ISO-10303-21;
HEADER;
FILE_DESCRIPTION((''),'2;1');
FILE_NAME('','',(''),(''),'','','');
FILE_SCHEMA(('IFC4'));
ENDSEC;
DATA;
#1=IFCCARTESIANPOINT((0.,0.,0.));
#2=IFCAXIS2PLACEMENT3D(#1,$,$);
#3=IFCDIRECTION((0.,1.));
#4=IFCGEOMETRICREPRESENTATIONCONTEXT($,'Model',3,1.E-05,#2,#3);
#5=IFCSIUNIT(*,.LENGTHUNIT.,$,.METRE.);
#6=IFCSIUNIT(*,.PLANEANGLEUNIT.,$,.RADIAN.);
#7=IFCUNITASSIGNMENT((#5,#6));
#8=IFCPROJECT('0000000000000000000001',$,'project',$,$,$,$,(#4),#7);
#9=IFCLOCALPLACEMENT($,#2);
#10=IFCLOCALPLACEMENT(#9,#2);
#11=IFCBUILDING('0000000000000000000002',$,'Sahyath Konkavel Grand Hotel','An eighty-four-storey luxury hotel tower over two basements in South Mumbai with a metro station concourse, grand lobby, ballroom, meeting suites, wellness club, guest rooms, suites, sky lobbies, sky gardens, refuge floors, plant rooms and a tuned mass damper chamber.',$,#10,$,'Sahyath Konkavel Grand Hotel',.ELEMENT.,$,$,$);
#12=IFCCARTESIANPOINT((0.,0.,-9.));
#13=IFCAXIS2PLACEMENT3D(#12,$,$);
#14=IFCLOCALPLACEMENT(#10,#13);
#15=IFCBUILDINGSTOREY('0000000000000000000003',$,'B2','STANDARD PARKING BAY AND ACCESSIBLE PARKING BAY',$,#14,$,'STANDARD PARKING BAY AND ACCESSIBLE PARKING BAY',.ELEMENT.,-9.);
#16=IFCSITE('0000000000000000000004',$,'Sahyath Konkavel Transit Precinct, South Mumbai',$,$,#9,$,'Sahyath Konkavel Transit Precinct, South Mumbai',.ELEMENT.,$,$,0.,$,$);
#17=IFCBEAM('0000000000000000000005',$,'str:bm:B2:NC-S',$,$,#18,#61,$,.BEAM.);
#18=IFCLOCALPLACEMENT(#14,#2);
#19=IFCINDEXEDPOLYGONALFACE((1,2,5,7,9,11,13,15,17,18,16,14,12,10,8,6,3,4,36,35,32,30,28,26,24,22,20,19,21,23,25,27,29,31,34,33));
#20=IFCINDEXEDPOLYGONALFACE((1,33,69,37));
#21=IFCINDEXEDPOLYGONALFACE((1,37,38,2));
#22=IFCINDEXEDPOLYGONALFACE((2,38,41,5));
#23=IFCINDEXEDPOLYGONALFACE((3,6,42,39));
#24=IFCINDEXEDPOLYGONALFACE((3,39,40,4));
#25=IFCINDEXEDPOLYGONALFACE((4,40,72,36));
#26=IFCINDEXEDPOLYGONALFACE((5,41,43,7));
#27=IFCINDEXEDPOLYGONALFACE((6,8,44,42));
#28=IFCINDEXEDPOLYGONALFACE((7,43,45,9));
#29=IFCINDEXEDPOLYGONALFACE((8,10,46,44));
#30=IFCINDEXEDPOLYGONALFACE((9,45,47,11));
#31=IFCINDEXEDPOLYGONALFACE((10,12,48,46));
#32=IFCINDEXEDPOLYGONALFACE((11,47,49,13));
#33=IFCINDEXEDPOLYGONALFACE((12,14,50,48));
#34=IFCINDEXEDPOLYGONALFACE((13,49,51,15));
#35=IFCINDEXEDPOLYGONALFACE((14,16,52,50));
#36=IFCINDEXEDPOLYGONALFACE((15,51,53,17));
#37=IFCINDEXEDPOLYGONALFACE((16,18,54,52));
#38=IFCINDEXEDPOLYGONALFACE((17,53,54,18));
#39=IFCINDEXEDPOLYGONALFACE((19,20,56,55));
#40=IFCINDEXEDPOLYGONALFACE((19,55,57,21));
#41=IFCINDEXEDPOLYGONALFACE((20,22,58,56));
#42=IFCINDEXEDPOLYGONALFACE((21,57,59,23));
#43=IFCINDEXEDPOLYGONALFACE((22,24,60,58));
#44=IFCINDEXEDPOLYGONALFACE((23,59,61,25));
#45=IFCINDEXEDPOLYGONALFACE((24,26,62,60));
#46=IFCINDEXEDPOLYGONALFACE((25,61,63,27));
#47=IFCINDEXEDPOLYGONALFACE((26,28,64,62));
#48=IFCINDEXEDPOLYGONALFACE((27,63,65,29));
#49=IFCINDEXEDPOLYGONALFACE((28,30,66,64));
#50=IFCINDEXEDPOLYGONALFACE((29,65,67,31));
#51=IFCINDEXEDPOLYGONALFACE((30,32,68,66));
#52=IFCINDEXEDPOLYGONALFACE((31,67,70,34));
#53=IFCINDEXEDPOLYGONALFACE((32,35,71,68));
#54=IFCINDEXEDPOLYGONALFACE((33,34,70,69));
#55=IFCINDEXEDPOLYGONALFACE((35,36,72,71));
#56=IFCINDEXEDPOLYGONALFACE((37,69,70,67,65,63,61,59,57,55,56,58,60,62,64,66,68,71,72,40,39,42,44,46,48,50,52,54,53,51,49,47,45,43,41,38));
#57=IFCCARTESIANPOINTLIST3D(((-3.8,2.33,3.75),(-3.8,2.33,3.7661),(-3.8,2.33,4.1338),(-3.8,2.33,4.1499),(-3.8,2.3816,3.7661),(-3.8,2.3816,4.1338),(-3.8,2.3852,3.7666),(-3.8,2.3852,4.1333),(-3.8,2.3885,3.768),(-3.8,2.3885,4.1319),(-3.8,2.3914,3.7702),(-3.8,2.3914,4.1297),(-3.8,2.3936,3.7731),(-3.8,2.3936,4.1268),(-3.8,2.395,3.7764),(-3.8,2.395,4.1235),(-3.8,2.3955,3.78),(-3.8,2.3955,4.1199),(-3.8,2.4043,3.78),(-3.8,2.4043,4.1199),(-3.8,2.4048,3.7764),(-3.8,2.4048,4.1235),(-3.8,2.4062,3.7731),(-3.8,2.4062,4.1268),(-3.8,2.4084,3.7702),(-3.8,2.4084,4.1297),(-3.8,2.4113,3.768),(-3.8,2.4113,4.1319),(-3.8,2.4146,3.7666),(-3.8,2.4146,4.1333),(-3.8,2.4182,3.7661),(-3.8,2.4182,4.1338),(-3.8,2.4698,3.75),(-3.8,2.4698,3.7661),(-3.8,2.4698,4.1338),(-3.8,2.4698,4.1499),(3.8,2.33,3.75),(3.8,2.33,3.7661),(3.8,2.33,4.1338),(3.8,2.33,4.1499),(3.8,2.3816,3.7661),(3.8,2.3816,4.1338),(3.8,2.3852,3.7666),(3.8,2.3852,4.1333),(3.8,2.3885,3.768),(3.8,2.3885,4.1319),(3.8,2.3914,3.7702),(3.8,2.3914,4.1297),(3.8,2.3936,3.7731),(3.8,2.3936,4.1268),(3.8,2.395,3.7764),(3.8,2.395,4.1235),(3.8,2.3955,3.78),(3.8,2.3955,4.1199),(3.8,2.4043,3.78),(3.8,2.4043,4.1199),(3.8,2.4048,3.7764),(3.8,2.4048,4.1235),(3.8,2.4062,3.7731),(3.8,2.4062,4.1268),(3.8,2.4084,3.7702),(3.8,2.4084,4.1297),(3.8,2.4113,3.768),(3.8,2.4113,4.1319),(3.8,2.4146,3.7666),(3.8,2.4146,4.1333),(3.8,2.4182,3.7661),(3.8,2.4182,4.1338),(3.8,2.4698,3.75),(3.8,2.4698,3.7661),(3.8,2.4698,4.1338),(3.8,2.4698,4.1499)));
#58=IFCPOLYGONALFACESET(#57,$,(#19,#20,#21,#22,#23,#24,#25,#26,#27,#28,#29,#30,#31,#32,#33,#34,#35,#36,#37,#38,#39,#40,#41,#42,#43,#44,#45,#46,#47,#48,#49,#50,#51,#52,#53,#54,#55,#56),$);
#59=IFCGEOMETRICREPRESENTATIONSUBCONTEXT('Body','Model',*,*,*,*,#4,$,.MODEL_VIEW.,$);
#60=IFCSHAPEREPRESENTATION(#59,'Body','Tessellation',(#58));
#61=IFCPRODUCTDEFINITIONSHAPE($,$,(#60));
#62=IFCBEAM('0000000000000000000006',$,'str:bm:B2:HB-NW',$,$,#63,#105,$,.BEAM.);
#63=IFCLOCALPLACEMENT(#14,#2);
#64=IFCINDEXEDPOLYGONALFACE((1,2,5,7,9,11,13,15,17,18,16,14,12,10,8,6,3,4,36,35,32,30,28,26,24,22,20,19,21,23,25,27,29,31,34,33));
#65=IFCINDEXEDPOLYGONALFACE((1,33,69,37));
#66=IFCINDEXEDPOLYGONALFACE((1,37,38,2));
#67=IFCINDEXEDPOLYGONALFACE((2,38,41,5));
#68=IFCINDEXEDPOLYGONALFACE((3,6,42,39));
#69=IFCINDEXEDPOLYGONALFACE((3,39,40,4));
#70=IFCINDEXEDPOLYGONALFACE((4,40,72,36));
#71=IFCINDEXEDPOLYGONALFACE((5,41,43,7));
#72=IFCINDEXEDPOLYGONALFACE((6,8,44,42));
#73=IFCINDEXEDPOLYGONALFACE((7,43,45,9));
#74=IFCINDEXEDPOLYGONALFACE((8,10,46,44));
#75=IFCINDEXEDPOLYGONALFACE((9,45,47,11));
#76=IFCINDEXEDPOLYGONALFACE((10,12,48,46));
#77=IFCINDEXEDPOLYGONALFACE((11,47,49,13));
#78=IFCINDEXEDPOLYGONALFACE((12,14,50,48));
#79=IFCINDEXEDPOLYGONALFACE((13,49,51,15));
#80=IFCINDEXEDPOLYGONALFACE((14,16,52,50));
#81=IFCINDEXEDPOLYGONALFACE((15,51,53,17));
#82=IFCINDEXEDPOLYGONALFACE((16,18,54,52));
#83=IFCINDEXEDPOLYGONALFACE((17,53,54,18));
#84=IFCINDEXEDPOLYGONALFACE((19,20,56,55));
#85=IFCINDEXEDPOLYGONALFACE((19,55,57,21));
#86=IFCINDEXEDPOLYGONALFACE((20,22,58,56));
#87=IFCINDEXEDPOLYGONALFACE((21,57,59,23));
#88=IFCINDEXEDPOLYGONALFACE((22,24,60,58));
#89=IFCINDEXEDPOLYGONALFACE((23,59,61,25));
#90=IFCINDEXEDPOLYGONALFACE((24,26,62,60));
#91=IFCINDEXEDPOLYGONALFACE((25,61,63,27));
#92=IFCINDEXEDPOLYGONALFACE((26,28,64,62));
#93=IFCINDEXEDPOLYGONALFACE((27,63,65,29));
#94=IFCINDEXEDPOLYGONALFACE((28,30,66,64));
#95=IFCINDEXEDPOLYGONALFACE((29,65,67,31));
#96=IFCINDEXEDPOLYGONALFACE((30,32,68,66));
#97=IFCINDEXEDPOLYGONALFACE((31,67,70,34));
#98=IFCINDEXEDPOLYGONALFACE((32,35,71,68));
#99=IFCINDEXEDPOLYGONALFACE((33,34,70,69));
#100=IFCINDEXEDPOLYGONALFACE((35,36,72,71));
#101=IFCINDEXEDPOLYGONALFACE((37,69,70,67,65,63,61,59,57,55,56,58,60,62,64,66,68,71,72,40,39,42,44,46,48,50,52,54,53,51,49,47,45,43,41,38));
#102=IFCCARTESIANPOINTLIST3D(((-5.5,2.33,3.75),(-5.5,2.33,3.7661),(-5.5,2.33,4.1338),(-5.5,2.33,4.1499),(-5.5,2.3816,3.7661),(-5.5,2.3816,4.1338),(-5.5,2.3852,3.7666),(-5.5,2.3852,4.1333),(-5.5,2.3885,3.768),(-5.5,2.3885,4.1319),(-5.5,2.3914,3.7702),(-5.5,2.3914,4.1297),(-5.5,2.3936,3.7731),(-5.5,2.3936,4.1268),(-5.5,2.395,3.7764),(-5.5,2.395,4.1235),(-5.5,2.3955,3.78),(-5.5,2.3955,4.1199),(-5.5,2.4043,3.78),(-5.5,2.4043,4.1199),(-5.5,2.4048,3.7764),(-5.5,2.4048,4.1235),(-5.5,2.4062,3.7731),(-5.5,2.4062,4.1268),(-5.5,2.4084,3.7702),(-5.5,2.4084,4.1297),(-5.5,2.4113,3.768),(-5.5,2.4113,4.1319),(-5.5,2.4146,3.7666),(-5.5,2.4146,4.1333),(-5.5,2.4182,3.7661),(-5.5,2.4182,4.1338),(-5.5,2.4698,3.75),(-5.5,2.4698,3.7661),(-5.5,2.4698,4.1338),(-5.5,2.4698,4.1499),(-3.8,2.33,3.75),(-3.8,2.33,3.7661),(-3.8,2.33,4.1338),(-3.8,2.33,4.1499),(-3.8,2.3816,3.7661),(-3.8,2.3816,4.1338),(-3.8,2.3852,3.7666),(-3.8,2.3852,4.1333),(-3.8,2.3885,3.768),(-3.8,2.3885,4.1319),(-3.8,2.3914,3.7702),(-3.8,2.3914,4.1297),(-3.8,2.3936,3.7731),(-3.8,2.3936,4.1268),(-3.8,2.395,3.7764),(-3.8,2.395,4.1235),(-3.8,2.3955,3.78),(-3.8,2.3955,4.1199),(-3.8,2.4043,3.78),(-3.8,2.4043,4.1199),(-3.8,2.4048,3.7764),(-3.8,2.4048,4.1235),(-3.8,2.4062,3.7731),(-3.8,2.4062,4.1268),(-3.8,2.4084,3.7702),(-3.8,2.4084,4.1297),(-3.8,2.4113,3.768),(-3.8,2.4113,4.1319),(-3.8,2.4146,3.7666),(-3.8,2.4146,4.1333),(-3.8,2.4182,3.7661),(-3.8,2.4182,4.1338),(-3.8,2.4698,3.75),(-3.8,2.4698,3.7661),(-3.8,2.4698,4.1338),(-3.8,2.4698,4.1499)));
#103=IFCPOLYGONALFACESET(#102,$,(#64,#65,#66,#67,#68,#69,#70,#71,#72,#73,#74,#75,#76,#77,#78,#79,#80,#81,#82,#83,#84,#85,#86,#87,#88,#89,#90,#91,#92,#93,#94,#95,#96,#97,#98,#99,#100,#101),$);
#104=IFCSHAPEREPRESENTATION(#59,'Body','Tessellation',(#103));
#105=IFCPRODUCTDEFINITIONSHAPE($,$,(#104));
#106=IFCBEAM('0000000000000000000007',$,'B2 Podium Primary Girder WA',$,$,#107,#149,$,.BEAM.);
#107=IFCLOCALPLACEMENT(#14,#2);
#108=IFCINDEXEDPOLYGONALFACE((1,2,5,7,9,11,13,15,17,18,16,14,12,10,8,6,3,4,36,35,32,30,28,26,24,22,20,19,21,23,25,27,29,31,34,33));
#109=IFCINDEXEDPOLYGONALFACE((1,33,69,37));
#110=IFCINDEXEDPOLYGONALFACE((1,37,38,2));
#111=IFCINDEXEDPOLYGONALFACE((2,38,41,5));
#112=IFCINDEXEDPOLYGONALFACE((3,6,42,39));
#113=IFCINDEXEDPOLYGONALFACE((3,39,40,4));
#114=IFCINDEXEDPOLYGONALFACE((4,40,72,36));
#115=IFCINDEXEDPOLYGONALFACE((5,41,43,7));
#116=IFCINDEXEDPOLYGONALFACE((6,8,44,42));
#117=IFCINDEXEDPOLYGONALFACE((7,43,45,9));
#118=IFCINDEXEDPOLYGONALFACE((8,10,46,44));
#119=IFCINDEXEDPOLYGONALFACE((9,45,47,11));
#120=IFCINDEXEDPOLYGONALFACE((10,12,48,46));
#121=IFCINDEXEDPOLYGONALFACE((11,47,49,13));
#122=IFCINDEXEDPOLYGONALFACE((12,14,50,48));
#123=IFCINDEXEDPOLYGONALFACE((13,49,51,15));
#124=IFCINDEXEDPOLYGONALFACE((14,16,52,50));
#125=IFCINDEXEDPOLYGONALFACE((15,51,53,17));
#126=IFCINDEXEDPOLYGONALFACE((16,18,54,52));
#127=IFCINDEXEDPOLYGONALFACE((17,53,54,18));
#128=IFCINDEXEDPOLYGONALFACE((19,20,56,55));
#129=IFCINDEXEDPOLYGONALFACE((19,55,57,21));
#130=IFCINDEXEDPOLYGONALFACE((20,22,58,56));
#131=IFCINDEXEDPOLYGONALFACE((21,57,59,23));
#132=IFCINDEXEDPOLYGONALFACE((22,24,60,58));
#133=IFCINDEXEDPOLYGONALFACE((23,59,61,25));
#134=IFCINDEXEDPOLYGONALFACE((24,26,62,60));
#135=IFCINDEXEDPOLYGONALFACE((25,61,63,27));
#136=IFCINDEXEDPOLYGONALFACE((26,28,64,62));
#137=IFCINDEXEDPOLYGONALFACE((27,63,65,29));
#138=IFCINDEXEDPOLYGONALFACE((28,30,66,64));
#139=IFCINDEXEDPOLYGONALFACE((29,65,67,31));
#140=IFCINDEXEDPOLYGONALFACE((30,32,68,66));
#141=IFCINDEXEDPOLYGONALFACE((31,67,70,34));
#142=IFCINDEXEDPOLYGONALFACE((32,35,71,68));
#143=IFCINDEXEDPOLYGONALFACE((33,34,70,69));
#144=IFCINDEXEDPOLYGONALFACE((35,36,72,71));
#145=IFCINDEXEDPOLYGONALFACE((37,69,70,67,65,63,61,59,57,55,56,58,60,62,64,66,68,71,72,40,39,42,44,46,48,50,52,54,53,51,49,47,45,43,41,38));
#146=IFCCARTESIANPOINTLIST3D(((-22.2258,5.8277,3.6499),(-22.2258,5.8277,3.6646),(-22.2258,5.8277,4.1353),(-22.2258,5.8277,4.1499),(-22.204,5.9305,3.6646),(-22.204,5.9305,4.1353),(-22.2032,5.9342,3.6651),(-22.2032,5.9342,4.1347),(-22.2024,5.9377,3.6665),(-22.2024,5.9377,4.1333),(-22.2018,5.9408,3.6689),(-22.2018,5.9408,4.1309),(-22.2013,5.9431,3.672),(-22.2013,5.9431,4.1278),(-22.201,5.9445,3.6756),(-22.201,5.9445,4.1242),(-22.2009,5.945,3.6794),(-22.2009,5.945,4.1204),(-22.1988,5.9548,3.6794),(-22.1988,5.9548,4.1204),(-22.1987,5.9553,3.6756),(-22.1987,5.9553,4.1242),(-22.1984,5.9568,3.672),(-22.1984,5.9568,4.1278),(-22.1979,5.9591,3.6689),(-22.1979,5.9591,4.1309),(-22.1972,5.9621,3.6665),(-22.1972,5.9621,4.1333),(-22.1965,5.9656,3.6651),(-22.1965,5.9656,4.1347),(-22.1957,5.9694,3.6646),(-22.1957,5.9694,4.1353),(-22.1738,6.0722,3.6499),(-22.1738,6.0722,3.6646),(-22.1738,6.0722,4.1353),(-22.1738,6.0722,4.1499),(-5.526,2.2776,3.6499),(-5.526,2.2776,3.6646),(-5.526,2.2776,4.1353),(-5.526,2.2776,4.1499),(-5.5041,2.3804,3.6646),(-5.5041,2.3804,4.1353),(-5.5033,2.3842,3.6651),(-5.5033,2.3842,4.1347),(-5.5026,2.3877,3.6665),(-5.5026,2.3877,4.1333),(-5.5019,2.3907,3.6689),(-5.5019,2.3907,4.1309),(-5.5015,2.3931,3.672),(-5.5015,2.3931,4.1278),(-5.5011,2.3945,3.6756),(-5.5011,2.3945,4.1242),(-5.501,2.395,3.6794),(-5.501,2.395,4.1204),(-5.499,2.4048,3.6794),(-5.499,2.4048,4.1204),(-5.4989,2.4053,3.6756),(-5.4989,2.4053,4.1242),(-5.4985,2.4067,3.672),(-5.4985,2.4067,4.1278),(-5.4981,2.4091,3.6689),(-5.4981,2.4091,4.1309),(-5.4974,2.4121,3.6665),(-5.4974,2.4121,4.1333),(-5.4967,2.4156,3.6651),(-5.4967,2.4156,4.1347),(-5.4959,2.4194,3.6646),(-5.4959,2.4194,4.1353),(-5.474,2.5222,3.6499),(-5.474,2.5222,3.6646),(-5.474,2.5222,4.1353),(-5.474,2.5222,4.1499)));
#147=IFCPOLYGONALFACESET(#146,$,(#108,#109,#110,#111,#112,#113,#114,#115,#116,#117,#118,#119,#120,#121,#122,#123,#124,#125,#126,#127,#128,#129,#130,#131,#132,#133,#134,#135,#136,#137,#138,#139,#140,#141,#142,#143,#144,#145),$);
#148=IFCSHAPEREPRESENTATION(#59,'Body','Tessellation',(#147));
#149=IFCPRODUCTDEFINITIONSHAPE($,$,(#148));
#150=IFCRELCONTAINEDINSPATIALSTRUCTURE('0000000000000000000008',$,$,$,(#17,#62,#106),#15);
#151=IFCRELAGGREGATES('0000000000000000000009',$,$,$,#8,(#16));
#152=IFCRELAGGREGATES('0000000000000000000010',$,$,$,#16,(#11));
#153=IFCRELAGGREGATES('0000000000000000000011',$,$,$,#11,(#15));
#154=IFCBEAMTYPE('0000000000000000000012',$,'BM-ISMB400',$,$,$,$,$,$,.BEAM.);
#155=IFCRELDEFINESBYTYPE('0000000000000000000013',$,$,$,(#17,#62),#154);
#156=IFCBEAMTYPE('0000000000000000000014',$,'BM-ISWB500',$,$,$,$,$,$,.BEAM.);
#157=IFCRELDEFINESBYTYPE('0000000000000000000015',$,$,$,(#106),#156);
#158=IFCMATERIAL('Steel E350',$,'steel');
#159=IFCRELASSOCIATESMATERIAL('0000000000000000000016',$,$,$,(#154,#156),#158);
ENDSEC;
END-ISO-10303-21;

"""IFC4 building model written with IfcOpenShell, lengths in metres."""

from ifc_helpers import new_model, si_unit, direction, frame, origin, origin_2d, place, context, subcontext, project, spatial, i_section, extrude, source, transform, mapped, material, material_profile, profile_set, type_object, element, save


model = new_model("IFC4")

# Units and contexts
model_context = context("Model", 3, precision=1e-05, world=origin(), true_north=direction((0.0, 1.0)))
body_context = subcontext(model_context, "Body", "Model", "MODEL_VIEW")
ifc_project = project(units=[si_unit("LENGTHUNIT", "METRE"), si_unit("PLANEANGLEUNIT", "RADIAN")], contexts=[model_context])

# Site, building, storey
site_placement = place(None, origin())
site = spatial("IfcSite", under=ifc_project, at=site_placement, Name="Sahyath Konkavel Transit Precinct, South Mumbai", LongName="Sahyath Konkavel Transit Precinct, South Mumbai", CompositionType="ELEMENT", RefElevation=0.0)
building_placement = place(site_placement, origin())
building = spatial("IfcBuilding", under=site, at=building_placement, Name="Sahyath Konkavel Grand Hotel", Description="An eighty-four-storey luxury hotel tower over two basements in South Mumbai with a metro station concourse, grand lobby, ballroom, meeting suites, wellness club, guest rooms, suites, sky lobbies, sky gardens, refuge floors, plant rooms and a tuned mass damper chamber.", LongName="Sahyath Konkavel Grand Hotel", CompositionType="ELEMENT")
storey_placement = place(building_placement, frame((0.0, 0.0, -9.0)))
storey = spatial("IfcBuildingStorey", under=building, at=storey_placement, Name="B2", Description="STANDARD PARKING BAY AND ACCESSIBLE PARKING BAY", LongName="STANDARD PARKING BAY AND ACCESSIBLE PARKING BAY", CompositionType="ELEMENT", Elevation=-9.0)

# Beams
ifc_material_1 = material(Name="Steel E350", Category="steel")
ifc_material_profile_1 = material_profile(ifc_material_1, i_section(OverallWidth=0.1399, OverallDepth=0.3999, WebThickness=0.0088, FlangeThickness=0.0161, FilletRadius=0.0139, at=origin_2d()), Name="ISMB 400")
ifc_profile_set_1 = profile_set([ifc_material_profile_1], Name="Steel E350")
beam_type_1 = type_object("IfcBeamType", Name="BM-ISMB400", PredefinedType="BEAM", material=ifc_profile_set_1)
shared_shape_1 = source(origin(), body_context, "Body", "SweptSolid", [
    extrude(i_section(OverallWidth=0.1399, OverallDepth=0.3999, WebThickness=0.0088, FlangeThickness=0.0161, FilletRadius=0.0139, at=origin_2d()), origin(), (0.0, 0.0, 1.0), 7.6001),
])
beam_1_placement = place(storey_placement, frame((-3.8, 2.3999, 3.95), z_axis=(1.0, 0.0, 0.0), x_axis=(0.0, 1.0, 0.0)))
element("IfcBeam", 1, at=beam_1_placement, inside=storey, type_object=beam_type_1, Name="str:bm:B2:NC-S", PredefinedType="BEAM", context=body_context, shape_type="MappedRepresentation", body=[
    mapped(shared_shape_1, transform((0.0, 0.0, 0.0), scale=1.0)),
])
shared_shape_2 = source(origin(), body_context, "Body", "SweptSolid", [
    extrude(i_section(OverallWidth=0.1399, OverallDepth=0.3999, WebThickness=0.0088, FlangeThickness=0.0161, FilletRadius=0.0139, at=origin_2d()), origin(), (0.0, 0.0, 1.0), 1.7),
])
beam_2_placement = place(storey_placement, frame((-5.5, 2.3999, 3.95), z_axis=(1.0, 0.0, 0.0), x_axis=(0.0, 1.0, 0.0)))
element("IfcBeam", 2, at=beam_2_placement, inside=storey, type_object=beam_type_1, Name="str:bm:B2:HB-NW", PredefinedType="BEAM", context=body_context, shape_type="MappedRepresentation", body=[
    mapped(shared_shape_2, transform((0.0, 0.0, 0.0), scale=1.0)),
])
ifc_material_profile_2 = material_profile(ifc_material_1, i_section(OverallWidth=0.25, OverallDepth=0.5, WebThickness=0.01, FlangeThickness=0.0146, FilletRadius=0.0149, at=origin_2d()), Name="ISWB 500")
ifc_profile_set_2 = profile_set([ifc_material_profile_2], Name="Steel E350")
beam_type_2 = type_object("IfcBeamType", Name="BM-ISWB500", PredefinedType="BEAM", material=ifc_profile_set_2)
shared_shape_3 = source(origin(), body_context, "Body", "SweptSolid", [
    extrude(i_section(OverallWidth=0.25, OverallDepth=0.5, WebThickness=0.01, FlangeThickness=0.0146, FilletRadius=0.0149, at=origin_2d()), origin(), (0.0, 0.0, 1.0), 17.073),
])
beam_3_placement = place(storey_placement, frame((-5.5, 2.3999, 3.8999), z_axis=(-0.978143, 0.207932, 0.0), x_axis=(-0.207932, -0.978143, 0.0)))
element("IfcBeam", 3, at=beam_3_placement, inside=storey, type_object=beam_type_2, Name="B2 Podium Primary Girder WA", PredefinedType="BEAM", context=body_context, shape_type="MappedRepresentation", body=[
    mapped(shared_shape_3, transform((0.0, 0.0, 0.0), scale=1.0)),
])

save(model, "model.ifc")
